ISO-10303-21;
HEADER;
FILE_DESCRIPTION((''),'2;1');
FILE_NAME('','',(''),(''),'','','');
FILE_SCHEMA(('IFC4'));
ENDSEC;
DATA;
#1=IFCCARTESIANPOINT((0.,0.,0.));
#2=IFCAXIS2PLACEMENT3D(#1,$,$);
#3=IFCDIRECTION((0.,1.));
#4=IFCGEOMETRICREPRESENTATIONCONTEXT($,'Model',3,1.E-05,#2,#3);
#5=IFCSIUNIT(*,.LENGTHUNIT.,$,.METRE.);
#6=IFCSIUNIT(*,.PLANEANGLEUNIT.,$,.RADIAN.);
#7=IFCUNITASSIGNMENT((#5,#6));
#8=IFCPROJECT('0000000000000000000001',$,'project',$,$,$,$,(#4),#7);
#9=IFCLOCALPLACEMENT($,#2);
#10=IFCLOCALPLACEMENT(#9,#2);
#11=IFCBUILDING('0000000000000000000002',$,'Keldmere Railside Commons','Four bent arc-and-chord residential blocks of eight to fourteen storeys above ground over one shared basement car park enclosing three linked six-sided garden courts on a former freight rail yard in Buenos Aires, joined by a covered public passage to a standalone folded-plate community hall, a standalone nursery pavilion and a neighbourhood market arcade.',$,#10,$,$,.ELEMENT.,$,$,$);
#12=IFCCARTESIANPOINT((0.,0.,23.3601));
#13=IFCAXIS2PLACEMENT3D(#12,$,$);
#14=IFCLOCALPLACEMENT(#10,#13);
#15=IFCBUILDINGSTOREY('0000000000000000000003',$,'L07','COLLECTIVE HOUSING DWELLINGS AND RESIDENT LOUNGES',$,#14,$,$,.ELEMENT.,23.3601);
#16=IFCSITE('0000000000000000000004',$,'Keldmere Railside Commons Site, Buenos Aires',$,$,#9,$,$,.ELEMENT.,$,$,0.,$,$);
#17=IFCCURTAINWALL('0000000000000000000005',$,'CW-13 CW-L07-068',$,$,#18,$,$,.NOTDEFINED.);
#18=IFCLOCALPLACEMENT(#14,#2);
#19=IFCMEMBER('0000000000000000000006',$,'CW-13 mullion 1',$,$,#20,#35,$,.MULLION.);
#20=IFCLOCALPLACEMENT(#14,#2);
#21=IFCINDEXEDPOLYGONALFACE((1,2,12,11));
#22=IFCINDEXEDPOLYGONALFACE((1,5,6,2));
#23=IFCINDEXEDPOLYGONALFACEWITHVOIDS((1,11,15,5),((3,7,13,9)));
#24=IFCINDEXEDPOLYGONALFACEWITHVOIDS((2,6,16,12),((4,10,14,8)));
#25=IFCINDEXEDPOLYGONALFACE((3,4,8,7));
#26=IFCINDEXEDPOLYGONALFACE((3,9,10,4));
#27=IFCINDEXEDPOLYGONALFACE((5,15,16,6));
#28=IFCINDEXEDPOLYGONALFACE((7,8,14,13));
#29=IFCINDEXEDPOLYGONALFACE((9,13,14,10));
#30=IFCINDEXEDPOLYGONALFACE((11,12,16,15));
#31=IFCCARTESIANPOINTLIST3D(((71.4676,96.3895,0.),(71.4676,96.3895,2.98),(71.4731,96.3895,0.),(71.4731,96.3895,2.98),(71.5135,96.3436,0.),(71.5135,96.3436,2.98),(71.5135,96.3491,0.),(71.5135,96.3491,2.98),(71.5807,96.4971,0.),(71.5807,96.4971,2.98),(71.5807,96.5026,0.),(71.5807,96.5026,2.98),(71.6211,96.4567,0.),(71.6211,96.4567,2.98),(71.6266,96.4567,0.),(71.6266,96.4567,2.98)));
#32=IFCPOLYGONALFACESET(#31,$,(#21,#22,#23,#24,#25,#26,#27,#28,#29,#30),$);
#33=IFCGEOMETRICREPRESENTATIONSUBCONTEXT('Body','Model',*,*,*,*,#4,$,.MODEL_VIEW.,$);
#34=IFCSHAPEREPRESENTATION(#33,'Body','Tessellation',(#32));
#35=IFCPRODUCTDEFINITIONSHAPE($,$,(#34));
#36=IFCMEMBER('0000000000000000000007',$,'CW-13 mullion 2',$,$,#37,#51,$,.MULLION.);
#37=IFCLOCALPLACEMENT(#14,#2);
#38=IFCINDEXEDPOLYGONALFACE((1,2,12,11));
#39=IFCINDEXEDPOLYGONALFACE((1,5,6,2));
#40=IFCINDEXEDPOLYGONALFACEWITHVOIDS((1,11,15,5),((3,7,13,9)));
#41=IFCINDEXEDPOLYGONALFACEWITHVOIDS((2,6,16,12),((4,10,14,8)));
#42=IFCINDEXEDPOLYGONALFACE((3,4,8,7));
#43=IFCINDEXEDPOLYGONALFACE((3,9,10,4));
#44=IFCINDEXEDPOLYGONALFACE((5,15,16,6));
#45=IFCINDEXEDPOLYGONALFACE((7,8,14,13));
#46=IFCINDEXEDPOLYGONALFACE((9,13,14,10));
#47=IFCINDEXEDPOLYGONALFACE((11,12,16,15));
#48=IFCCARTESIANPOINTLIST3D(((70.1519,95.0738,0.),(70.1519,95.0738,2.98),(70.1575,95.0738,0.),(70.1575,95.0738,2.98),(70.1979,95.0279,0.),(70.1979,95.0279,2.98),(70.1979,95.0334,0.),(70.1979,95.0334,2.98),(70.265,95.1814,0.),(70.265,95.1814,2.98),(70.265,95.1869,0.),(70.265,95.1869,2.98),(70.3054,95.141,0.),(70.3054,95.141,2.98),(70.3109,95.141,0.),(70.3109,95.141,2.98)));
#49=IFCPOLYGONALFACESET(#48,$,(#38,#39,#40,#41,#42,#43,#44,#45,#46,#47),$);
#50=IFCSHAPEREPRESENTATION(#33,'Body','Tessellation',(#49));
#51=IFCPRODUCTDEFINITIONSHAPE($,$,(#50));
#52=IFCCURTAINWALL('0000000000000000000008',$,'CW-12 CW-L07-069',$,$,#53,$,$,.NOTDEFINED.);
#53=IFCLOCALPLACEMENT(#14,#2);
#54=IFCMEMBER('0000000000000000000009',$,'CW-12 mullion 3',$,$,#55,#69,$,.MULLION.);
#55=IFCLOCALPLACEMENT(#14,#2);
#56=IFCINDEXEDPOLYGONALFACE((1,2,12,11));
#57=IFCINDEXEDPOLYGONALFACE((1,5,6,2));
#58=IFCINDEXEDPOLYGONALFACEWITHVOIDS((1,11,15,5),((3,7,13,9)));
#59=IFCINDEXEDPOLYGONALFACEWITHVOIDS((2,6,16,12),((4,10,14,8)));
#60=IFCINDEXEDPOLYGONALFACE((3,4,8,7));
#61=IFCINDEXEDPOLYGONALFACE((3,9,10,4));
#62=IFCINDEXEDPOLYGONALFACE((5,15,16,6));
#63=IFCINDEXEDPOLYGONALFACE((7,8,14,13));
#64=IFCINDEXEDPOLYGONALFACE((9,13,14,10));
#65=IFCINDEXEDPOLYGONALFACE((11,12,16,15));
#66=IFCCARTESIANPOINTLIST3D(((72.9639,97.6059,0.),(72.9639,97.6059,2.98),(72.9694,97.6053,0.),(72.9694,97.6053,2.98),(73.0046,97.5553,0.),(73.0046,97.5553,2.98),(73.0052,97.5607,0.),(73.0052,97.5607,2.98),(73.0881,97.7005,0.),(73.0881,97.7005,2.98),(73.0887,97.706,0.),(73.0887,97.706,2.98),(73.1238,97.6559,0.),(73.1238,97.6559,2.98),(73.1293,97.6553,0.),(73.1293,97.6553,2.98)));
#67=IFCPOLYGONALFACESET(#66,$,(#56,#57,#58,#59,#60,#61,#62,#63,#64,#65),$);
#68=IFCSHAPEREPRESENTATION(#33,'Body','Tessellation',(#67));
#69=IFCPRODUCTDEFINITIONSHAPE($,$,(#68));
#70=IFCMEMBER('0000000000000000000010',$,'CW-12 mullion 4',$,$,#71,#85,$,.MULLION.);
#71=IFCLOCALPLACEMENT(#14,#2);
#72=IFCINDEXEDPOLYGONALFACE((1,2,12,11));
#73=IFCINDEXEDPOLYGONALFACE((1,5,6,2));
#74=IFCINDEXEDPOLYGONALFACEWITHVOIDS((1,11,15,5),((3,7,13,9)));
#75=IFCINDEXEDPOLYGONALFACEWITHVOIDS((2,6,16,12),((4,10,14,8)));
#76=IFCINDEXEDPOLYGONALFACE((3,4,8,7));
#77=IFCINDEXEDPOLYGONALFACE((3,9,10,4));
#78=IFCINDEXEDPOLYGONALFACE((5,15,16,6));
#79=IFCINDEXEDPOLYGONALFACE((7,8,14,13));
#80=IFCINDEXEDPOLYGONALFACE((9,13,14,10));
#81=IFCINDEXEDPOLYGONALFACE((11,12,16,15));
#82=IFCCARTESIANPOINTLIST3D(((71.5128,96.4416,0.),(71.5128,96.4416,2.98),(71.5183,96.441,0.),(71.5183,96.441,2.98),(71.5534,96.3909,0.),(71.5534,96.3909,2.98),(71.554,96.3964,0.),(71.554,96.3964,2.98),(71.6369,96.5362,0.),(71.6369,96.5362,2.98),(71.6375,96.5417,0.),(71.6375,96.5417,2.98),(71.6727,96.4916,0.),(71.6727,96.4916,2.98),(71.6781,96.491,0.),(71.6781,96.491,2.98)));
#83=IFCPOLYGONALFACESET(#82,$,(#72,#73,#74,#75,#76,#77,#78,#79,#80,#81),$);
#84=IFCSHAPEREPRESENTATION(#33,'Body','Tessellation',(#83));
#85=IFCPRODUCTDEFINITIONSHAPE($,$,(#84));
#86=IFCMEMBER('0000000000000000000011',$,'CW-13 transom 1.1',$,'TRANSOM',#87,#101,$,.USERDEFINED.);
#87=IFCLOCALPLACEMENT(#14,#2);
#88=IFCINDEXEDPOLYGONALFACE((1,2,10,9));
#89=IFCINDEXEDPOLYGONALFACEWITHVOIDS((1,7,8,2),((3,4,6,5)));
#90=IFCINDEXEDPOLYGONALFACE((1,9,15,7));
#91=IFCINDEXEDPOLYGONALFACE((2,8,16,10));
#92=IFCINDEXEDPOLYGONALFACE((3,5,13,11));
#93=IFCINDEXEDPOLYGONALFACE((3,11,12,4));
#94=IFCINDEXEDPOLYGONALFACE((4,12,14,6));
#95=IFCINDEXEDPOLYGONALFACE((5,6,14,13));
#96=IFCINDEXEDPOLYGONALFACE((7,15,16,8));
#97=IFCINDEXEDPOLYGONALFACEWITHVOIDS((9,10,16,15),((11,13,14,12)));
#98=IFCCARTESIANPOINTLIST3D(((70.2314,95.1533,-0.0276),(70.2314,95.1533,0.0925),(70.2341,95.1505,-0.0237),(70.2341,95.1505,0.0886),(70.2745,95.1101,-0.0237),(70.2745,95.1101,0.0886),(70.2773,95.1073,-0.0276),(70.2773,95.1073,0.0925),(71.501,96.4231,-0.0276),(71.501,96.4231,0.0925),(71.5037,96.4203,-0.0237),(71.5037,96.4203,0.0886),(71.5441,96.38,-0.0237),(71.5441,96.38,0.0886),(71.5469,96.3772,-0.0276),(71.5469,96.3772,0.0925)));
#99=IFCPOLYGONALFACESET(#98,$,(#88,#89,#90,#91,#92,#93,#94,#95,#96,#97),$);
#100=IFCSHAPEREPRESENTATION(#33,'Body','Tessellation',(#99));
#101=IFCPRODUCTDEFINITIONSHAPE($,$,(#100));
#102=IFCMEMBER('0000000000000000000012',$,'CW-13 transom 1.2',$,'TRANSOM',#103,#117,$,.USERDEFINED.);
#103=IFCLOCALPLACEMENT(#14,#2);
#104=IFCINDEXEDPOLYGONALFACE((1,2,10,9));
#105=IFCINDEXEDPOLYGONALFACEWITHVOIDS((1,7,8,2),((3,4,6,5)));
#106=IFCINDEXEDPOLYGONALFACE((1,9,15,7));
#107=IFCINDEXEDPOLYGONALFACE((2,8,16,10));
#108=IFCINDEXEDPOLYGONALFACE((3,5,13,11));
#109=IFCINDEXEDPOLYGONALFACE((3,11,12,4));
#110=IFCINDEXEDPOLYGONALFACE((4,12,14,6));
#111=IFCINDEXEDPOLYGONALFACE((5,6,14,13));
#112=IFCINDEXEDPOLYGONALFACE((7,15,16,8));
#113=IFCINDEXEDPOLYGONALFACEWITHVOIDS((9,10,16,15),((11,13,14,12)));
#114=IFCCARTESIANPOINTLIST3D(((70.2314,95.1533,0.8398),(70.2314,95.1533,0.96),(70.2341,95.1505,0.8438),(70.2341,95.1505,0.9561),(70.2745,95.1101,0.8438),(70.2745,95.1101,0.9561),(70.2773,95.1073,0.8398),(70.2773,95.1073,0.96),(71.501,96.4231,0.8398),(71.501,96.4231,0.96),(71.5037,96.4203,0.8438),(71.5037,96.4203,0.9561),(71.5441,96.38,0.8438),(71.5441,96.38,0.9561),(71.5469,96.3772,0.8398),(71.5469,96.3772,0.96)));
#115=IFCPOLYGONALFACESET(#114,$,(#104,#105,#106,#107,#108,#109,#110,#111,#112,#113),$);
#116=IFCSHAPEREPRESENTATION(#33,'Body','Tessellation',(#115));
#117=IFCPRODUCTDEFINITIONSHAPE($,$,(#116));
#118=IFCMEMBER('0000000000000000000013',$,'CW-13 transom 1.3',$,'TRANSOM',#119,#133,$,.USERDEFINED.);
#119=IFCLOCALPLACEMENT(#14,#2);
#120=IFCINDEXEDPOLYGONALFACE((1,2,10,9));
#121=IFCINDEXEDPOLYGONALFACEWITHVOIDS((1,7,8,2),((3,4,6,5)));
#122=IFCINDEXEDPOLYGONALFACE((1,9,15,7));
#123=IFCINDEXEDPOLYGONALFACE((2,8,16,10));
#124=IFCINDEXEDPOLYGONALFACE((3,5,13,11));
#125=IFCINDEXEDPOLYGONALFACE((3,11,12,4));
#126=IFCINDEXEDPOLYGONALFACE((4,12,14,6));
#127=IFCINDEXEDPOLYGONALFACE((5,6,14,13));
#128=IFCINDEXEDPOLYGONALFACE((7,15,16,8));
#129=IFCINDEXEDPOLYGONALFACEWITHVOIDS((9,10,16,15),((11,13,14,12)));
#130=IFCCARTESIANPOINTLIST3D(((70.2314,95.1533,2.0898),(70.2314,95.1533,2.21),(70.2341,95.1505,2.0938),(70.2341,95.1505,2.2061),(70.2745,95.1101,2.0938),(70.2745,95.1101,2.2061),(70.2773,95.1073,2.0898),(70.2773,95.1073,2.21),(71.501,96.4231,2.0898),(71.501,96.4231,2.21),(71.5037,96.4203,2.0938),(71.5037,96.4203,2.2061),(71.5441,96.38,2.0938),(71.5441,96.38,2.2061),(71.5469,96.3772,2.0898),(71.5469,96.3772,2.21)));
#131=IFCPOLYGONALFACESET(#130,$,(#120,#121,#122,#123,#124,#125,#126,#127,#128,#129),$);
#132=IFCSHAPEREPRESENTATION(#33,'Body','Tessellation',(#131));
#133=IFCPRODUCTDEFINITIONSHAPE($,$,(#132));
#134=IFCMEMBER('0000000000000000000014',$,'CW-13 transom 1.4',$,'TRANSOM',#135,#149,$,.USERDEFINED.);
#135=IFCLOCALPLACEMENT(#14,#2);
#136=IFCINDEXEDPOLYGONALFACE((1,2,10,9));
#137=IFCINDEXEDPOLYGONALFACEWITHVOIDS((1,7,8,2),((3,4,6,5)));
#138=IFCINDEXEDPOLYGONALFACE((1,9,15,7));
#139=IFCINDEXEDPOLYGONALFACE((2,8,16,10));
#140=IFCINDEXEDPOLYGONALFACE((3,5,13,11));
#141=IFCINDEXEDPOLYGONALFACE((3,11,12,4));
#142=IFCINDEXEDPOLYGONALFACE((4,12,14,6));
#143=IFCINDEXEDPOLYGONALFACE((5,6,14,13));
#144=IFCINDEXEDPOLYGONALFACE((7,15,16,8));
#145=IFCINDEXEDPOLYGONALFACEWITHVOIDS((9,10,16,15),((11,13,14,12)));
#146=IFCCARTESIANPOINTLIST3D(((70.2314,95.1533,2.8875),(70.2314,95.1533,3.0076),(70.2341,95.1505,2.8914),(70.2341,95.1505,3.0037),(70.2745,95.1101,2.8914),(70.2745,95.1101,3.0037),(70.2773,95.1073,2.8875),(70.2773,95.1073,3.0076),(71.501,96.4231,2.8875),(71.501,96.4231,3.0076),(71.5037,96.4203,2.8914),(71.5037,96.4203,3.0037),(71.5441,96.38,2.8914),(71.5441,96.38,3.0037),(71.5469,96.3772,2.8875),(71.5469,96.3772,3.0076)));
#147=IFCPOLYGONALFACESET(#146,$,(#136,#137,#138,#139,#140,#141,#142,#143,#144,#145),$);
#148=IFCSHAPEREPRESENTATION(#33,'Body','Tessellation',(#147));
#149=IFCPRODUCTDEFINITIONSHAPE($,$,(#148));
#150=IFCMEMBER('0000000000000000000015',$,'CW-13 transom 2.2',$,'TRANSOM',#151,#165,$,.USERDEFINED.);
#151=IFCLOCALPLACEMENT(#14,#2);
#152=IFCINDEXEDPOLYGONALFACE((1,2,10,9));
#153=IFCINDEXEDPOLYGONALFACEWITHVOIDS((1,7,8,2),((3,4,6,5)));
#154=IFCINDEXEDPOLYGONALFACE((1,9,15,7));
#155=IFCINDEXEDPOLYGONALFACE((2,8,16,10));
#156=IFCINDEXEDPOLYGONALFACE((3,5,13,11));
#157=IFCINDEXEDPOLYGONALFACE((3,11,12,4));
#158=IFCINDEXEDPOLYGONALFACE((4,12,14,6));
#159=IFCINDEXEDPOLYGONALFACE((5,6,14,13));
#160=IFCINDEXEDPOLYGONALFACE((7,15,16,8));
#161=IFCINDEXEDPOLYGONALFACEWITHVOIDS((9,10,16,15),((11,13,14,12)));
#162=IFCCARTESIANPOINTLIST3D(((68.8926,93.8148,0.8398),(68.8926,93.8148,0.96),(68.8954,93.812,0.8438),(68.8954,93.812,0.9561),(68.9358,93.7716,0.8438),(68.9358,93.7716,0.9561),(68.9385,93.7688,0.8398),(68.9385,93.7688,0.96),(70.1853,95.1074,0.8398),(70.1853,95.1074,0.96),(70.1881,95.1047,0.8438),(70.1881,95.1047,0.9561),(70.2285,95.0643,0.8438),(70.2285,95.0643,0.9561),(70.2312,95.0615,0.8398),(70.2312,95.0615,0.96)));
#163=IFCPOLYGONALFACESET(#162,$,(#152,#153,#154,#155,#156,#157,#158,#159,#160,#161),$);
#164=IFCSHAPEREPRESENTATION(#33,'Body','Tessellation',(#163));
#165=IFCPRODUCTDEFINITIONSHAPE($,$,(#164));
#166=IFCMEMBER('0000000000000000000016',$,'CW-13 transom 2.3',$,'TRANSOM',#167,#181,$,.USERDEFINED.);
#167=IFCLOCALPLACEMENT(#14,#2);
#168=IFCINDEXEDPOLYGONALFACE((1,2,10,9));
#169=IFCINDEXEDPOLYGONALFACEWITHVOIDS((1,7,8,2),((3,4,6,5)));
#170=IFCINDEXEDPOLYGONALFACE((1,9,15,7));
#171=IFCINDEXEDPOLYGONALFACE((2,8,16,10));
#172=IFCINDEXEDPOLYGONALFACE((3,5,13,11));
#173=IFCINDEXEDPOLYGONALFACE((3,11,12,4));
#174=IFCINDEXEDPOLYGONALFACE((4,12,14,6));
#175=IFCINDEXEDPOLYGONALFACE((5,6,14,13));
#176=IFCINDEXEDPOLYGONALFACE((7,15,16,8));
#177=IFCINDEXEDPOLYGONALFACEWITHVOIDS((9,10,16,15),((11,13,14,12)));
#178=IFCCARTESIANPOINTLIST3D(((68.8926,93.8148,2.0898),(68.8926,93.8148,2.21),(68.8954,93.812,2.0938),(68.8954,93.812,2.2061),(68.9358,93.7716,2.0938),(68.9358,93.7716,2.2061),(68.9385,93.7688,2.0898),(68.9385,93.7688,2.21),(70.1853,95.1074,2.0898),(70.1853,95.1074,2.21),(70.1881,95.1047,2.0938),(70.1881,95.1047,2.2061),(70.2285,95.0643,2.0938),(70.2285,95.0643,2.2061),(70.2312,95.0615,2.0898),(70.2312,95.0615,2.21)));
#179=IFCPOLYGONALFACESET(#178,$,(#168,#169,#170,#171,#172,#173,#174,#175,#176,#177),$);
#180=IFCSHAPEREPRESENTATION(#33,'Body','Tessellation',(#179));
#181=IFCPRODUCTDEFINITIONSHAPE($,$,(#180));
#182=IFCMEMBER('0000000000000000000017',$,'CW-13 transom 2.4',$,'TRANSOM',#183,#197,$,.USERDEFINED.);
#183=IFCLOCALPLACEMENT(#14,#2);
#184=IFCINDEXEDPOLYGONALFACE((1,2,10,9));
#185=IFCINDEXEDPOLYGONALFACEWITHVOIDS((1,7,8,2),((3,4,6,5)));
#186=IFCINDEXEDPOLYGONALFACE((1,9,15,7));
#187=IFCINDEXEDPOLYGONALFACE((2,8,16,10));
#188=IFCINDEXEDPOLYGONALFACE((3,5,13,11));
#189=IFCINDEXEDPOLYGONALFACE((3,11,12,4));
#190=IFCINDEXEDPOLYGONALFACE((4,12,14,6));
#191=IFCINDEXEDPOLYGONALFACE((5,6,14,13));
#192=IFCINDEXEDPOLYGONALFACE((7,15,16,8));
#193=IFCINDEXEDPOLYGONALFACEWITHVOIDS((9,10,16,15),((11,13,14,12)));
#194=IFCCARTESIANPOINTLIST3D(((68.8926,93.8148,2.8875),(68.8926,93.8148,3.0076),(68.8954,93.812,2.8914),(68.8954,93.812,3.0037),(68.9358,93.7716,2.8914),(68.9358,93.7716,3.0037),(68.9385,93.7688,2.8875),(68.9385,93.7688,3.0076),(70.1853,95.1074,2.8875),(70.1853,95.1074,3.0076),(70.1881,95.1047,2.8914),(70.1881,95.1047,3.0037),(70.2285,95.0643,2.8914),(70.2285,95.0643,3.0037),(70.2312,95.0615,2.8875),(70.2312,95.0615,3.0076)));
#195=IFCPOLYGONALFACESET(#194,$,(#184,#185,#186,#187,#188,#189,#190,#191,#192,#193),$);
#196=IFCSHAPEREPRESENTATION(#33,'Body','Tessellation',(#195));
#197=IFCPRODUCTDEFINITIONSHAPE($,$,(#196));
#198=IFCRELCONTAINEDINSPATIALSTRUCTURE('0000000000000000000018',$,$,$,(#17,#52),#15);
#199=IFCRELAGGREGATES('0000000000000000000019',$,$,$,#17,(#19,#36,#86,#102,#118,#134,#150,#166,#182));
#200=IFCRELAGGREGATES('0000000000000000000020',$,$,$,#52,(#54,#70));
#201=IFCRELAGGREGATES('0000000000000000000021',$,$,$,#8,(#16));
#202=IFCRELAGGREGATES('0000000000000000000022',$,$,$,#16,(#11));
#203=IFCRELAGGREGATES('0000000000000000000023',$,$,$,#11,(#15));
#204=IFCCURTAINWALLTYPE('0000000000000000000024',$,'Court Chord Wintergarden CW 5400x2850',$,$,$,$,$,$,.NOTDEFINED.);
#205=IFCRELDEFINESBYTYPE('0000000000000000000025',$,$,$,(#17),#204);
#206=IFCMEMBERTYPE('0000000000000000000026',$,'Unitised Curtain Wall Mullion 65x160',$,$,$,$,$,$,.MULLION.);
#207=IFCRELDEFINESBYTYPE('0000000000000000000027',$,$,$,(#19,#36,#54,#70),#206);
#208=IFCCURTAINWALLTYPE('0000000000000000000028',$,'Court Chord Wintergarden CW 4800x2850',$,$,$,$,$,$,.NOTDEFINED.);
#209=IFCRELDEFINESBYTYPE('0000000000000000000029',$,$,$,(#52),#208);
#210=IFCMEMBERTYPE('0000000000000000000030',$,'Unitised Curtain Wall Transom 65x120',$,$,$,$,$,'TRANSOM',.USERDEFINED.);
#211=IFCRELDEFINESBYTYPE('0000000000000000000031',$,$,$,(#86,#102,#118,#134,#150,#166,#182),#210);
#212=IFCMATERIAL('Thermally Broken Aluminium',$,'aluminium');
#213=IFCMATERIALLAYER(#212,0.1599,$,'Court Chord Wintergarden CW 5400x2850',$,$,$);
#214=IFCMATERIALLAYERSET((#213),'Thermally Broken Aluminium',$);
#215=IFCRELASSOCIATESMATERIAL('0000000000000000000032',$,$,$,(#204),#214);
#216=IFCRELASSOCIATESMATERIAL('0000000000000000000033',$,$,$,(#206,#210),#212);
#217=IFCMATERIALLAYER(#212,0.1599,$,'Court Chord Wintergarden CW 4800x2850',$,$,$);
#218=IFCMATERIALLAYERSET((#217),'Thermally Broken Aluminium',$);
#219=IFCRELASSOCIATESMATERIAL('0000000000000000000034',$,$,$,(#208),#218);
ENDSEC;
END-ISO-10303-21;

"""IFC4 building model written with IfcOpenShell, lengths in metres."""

from ifc_helpers import new_model, si_unit, direction, frame, origin, origin_2d, place, context, subcontext, project, spatial, hollow_rectangle, extrude, material, layer, layer_set, material_profile, profile_set, type_object, element, aggregate, save


model = new_model("IFC4")

# Units and contexts
model_context = context("Model", 3, precision=1e-05, world=origin(), true_north=direction((0.0, 1.0)))
body_context = subcontext(model_context, "Body", "Model", "MODEL_VIEW")
ifc_project = project(units=[si_unit("LENGTHUNIT", "METRE"), si_unit("PLANEANGLEUNIT", "RADIAN")], contexts=[model_context])

# Site, building, storey
site_placement = place(None, origin())
site = spatial("IfcSite", under=ifc_project, at=site_placement, Name="Keldmere Railside Commons Site, Buenos Aires", CompositionType="ELEMENT", RefElevation=0.0)
building_placement = place(site_placement, origin())
building = spatial("IfcBuilding", under=site, at=building_placement, Name="Keldmere Railside Commons", Description="Four bent arc-and-chord residential blocks of eight to fourteen storeys above ground over one shared basement car park enclosing three linked six-sided garden courts on a former freight rail yard in Buenos Aires, joined by a covered public passage to a standalone folded-plate community hall, a standalone nursery pavilion and a neighbourhood market arcade.", CompositionType="ELEMENT")
storey_placement = place(building_placement, frame((0.0, 0.0, 23.3601)))
storey = spatial("IfcBuildingStorey", under=building, at=storey_placement, Name="L07", Description="COLLECTIVE HOUSING DWELLINGS AND RESIDENT LOUNGES", CompositionType="ELEMENT", Elevation=23.3601)

# Curtain walls, members
ifc_material_1 = material(Name="Thermally Broken Aluminium", Category="aluminium")
ifc_layer_1 = layer(ifc_material_1, 0.1599, Name="Court Chord Wintergarden CW 5400x2850")
ifc_layer_set_1 = layer_set([ifc_layer_1], Name="Thermally Broken Aluminium")
curtain_wall_type_1 = type_object("IfcCurtainWallType", Name="Court Chord Wintergarden CW 5400x2850", PredefinedType="NOTDEFINED", material=ifc_layer_set_1)
curtain_wall_1_placement = place(storey_placement, origin())
curtain_wall_1 = element("IfcCurtainWall", 1, at=curtain_wall_1_placement, inside=storey, type_object=curtain_wall_type_1, Name="CW-13 CW-L07-068", PredefinedType="NOTDEFINED")
ifc_material_profile_1 = material_profile(ifc_material_1, hollow_rectangle(XDim=0.0649, YDim=0.1599, WallThickness=0.0039, at=origin_2d()), Name="ALU-MULL-65x160")
ifc_profile_set_1 = profile_set([ifc_material_profile_1], Name="Thermally Broken Aluminium")
member_type_1 = type_object("IfcMemberType", Name="Unitised Curtain Wall Mullion 65x160", PredefinedType="MULLION", material=ifc_profile_set_1)
member_1_placement = place(storey_placement, frame((71.5471, 96.4231, 0.0), z_axis=(0.0, 0.0, 1.0), x_axis=(0.707107, -0.707107, 0.0)))
member_1 = element("IfcMember", 2, at=member_1_placement, type_object=member_type_1, Name="CW-13 mullion 1", PredefinedType="MULLION", context=body_context, shape_type="SweptSolid", body=[
    extrude(hollow_rectangle(XDim=0.0649, YDim=0.1599, WallThickness=0.0039, at=origin_2d()), origin(), (0.0, 0.0, 1.0), 2.98),
])
member_2_placement = place(storey_placement, frame((70.2314, 95.1074, 0.0), z_axis=(0.0, 0.0, 1.0), x_axis=(0.707107, -0.707107, 0.0)))
member_2 = element("IfcMember", 3, at=member_2_placement, type_object=member_type_1, Name="CW-13 mullion 2", PredefinedType="MULLION", context=body_context, shape_type="SweptSolid", body=[
    extrude(hollow_rectangle(XDim=0.0649, YDim=0.1599, WallThickness=0.0039, at=origin_2d()), origin(), (0.0, 0.0, 1.0), 2.98),
])
ifc_layer_2 = layer(ifc_material_1, 0.1599, Name="Court Chord Wintergarden CW 4800x2850")
ifc_layer_set_2 = layer_set([ifc_layer_2], Name="Thermally Broken Aluminium")
curtain_wall_type_2 = type_object("IfcCurtainWallType", Name="Court Chord Wintergarden CW 4800x2850", PredefinedType="NOTDEFINED", material=ifc_layer_set_2)
curtain_wall_2_placement = place(storey_placement, origin())
curtain_wall_2 = element("IfcCurtainWall", 4, at=curtain_wall_2_placement, inside=storey, type_object=curtain_wall_type_2, Name="CW-12 CW-L07-069", PredefinedType="NOTDEFINED")
member_3_placement = place(storey_placement, frame((73.0466, 97.6306, 0.0), z_axis=(0.0, 0.0, 1.0), x_axis=(0.625768, -0.780009, 0.0)))
member_3 = element("IfcMember", 5, at=member_3_placement, type_object=member_type_1, Name="CW-12 mullion 3", PredefinedType="MULLION", context=body_context, shape_type="SweptSolid", body=[
    extrude(hollow_rectangle(XDim=0.0649, YDim=0.1599, WallThickness=0.0039, at=origin_2d()), origin(), (0.0, 0.0, 1.0), 2.98),
])
member_4_placement = place(storey_placement, frame((71.5955, 96.4663, 0.0), z_axis=(0.0, 0.0, 1.0), x_axis=(0.625768, -0.780009, 0.0)))
member_4 = element("IfcMember", 6, at=member_4_placement, type_object=member_type_1, Name="CW-12 mullion 4", PredefinedType="MULLION", context=body_context, shape_type="SweptSolid", body=[
    extrude(hollow_rectangle(XDim=0.0649, YDim=0.1599, WallThickness=0.0039, at=origin_2d()), origin(), (0.0, 0.0, 1.0), 2.98),
])

# Members
ifc_material_profile_2 = material_profile(ifc_material_1, hollow_rectangle(XDim=0.0649, YDim=0.1201, WallThickness=0.0039, at=origin_2d()), Name="ALU-TRAN-65x120")
ifc_profile_set_2 = profile_set([ifc_material_profile_2], Name="Thermally Broken Aluminium")
member_type_2 = type_object("IfcMemberType", Name="Unitised Curtain Wall Transom 65x120", ElementType="TRANSOM", PredefinedType="USERDEFINED", material=ifc_profile_set_2)
member_5_placement = place(storey_placement, frame((71.5239, 96.4001, 0.0325), z_axis=(-0.707039, -0.707175, 0.0), x_axis=(0.707175, -0.707039, 0.0)))
member_5 = element("IfcMember", 7, at=member_5_placement, type_object=member_type_2, Name="CW-13 transom 1.1", ObjectType="TRANSOM", PredefinedType="USERDEFINED", context=body_context, shape_type="SweptSolid", body=[
    extrude(hollow_rectangle(XDim=0.0649, YDim=0.1201, WallThickness=0.0039, at=origin_2d()), origin(), (0.0, 0.0, 1.0), 1.7957),
])
member_6_placement = place(storey_placement, frame((71.5239, 96.4001, 0.8999), z_axis=(-0.707039, -0.707175, 0.0), x_axis=(0.707175, -0.707039, 0.0)))
member_6 = element("IfcMember", 8, at=member_6_placement, type_object=member_type_2, Name="CW-13 transom 1.2", ObjectType="TRANSOM", PredefinedType="USERDEFINED", context=body_context, shape_type="SweptSolid", body=[
    extrude(hollow_rectangle(XDim=0.0649, YDim=0.1201, WallThickness=0.0039, at=origin_2d()), origin(), (0.0, 0.0, 1.0), 1.7957),
])
member_7_placement = place(storey_placement, frame((71.5239, 96.4001, 2.1499), z_axis=(-0.707039, -0.707175, 0.0), x_axis=(0.707175, -0.707039, 0.0)))
member_7 = element("IfcMember", 9, at=member_7_placement, type_object=member_type_2, Name="CW-13 transom 1.3", ObjectType="TRANSOM", PredefinedType="USERDEFINED", context=body_context, shape_type="SweptSolid", body=[
    extrude(hollow_rectangle(XDim=0.0649, YDim=0.1201, WallThickness=0.0039, at=origin_2d()), origin(), (0.0, 0.0, 1.0), 1.7957),
])
member_8_placement = place(storey_placement, frame((71.5239, 96.4001, 2.9475), z_axis=(-0.707039, -0.707175, 0.0), x_axis=(0.707175, -0.707039, 0.0)))
member_8 = element("IfcMember", 10, at=member_8_placement, type_object=member_type_2, Name="CW-13 transom 1.4", ObjectType="TRANSOM", PredefinedType="USERDEFINED", context=body_context, shape_type="SweptSolid", body=[
    extrude(hollow_rectangle(XDim=0.0649, YDim=0.1201, WallThickness=0.0039, at=origin_2d()), origin(), (0.0, 0.0, 1.0), 1.7957),
])
member_9_placement = place(storey_placement, frame((70.2083, 95.0845, 0.8999), z_axis=(-0.707107, -0.707107, 0.0), x_axis=(0.707107, -0.707107, 0.0)))
member_9 = element("IfcMember", 11, at=member_9_placement, type_object=member_type_2, Name="CW-13 transom 2.2", ObjectType="TRANSOM", PredefinedType="USERDEFINED", context=body_context, shape_type="SweptSolid", body=[
    extrude(hollow_rectangle(XDim=0.0649, YDim=0.1201, WallThickness=0.0039, at=origin_2d()), origin(), (0.0, 0.0, 1.0), 1.8281),
])
member_10_placement = place(storey_placement, frame((70.2083, 95.0845, 2.1499), z_axis=(-0.707107, -0.707107, 0.0), x_axis=(0.707107, -0.707107, 0.0)))
member_10 = element("IfcMember", 12, at=member_10_placement, type_object=member_type_2, Name="CW-13 transom 2.3", ObjectType="TRANSOM", PredefinedType="USERDEFINED", context=body_context, shape_type="SweptSolid", body=[
    extrude(hollow_rectangle(XDim=0.0649, YDim=0.1201, WallThickness=0.0039, at=origin_2d()), origin(), (0.0, 0.0, 1.0), 1.8281),
])
member_11_placement = place(storey_placement, frame((70.2083, 95.0845, 2.9475), z_axis=(-0.707107, -0.707107, 0.0), x_axis=(0.707107, -0.707107, 0.0)))
member_11 = element("IfcMember", 13, at=member_11_placement, type_object=member_type_2, Name="CW-13 transom 2.4", ObjectType="TRANSOM", PredefinedType="USERDEFINED", context=body_context, shape_type="SweptSolid", body=[
    extrude(hollow_rectangle(XDim=0.0649, YDim=0.1201, WallThickness=0.0039, at=origin_2d()), origin(), (0.0, 0.0, 1.0), 1.8281),
])

aggregate(curtain_wall_1, [member_1, member_2, member_5, member_6, member_7, member_8, member_9, member_10, member_11])
aggregate(curtain_wall_2, [member_3, member_4])

save(model, "model.ifc")
